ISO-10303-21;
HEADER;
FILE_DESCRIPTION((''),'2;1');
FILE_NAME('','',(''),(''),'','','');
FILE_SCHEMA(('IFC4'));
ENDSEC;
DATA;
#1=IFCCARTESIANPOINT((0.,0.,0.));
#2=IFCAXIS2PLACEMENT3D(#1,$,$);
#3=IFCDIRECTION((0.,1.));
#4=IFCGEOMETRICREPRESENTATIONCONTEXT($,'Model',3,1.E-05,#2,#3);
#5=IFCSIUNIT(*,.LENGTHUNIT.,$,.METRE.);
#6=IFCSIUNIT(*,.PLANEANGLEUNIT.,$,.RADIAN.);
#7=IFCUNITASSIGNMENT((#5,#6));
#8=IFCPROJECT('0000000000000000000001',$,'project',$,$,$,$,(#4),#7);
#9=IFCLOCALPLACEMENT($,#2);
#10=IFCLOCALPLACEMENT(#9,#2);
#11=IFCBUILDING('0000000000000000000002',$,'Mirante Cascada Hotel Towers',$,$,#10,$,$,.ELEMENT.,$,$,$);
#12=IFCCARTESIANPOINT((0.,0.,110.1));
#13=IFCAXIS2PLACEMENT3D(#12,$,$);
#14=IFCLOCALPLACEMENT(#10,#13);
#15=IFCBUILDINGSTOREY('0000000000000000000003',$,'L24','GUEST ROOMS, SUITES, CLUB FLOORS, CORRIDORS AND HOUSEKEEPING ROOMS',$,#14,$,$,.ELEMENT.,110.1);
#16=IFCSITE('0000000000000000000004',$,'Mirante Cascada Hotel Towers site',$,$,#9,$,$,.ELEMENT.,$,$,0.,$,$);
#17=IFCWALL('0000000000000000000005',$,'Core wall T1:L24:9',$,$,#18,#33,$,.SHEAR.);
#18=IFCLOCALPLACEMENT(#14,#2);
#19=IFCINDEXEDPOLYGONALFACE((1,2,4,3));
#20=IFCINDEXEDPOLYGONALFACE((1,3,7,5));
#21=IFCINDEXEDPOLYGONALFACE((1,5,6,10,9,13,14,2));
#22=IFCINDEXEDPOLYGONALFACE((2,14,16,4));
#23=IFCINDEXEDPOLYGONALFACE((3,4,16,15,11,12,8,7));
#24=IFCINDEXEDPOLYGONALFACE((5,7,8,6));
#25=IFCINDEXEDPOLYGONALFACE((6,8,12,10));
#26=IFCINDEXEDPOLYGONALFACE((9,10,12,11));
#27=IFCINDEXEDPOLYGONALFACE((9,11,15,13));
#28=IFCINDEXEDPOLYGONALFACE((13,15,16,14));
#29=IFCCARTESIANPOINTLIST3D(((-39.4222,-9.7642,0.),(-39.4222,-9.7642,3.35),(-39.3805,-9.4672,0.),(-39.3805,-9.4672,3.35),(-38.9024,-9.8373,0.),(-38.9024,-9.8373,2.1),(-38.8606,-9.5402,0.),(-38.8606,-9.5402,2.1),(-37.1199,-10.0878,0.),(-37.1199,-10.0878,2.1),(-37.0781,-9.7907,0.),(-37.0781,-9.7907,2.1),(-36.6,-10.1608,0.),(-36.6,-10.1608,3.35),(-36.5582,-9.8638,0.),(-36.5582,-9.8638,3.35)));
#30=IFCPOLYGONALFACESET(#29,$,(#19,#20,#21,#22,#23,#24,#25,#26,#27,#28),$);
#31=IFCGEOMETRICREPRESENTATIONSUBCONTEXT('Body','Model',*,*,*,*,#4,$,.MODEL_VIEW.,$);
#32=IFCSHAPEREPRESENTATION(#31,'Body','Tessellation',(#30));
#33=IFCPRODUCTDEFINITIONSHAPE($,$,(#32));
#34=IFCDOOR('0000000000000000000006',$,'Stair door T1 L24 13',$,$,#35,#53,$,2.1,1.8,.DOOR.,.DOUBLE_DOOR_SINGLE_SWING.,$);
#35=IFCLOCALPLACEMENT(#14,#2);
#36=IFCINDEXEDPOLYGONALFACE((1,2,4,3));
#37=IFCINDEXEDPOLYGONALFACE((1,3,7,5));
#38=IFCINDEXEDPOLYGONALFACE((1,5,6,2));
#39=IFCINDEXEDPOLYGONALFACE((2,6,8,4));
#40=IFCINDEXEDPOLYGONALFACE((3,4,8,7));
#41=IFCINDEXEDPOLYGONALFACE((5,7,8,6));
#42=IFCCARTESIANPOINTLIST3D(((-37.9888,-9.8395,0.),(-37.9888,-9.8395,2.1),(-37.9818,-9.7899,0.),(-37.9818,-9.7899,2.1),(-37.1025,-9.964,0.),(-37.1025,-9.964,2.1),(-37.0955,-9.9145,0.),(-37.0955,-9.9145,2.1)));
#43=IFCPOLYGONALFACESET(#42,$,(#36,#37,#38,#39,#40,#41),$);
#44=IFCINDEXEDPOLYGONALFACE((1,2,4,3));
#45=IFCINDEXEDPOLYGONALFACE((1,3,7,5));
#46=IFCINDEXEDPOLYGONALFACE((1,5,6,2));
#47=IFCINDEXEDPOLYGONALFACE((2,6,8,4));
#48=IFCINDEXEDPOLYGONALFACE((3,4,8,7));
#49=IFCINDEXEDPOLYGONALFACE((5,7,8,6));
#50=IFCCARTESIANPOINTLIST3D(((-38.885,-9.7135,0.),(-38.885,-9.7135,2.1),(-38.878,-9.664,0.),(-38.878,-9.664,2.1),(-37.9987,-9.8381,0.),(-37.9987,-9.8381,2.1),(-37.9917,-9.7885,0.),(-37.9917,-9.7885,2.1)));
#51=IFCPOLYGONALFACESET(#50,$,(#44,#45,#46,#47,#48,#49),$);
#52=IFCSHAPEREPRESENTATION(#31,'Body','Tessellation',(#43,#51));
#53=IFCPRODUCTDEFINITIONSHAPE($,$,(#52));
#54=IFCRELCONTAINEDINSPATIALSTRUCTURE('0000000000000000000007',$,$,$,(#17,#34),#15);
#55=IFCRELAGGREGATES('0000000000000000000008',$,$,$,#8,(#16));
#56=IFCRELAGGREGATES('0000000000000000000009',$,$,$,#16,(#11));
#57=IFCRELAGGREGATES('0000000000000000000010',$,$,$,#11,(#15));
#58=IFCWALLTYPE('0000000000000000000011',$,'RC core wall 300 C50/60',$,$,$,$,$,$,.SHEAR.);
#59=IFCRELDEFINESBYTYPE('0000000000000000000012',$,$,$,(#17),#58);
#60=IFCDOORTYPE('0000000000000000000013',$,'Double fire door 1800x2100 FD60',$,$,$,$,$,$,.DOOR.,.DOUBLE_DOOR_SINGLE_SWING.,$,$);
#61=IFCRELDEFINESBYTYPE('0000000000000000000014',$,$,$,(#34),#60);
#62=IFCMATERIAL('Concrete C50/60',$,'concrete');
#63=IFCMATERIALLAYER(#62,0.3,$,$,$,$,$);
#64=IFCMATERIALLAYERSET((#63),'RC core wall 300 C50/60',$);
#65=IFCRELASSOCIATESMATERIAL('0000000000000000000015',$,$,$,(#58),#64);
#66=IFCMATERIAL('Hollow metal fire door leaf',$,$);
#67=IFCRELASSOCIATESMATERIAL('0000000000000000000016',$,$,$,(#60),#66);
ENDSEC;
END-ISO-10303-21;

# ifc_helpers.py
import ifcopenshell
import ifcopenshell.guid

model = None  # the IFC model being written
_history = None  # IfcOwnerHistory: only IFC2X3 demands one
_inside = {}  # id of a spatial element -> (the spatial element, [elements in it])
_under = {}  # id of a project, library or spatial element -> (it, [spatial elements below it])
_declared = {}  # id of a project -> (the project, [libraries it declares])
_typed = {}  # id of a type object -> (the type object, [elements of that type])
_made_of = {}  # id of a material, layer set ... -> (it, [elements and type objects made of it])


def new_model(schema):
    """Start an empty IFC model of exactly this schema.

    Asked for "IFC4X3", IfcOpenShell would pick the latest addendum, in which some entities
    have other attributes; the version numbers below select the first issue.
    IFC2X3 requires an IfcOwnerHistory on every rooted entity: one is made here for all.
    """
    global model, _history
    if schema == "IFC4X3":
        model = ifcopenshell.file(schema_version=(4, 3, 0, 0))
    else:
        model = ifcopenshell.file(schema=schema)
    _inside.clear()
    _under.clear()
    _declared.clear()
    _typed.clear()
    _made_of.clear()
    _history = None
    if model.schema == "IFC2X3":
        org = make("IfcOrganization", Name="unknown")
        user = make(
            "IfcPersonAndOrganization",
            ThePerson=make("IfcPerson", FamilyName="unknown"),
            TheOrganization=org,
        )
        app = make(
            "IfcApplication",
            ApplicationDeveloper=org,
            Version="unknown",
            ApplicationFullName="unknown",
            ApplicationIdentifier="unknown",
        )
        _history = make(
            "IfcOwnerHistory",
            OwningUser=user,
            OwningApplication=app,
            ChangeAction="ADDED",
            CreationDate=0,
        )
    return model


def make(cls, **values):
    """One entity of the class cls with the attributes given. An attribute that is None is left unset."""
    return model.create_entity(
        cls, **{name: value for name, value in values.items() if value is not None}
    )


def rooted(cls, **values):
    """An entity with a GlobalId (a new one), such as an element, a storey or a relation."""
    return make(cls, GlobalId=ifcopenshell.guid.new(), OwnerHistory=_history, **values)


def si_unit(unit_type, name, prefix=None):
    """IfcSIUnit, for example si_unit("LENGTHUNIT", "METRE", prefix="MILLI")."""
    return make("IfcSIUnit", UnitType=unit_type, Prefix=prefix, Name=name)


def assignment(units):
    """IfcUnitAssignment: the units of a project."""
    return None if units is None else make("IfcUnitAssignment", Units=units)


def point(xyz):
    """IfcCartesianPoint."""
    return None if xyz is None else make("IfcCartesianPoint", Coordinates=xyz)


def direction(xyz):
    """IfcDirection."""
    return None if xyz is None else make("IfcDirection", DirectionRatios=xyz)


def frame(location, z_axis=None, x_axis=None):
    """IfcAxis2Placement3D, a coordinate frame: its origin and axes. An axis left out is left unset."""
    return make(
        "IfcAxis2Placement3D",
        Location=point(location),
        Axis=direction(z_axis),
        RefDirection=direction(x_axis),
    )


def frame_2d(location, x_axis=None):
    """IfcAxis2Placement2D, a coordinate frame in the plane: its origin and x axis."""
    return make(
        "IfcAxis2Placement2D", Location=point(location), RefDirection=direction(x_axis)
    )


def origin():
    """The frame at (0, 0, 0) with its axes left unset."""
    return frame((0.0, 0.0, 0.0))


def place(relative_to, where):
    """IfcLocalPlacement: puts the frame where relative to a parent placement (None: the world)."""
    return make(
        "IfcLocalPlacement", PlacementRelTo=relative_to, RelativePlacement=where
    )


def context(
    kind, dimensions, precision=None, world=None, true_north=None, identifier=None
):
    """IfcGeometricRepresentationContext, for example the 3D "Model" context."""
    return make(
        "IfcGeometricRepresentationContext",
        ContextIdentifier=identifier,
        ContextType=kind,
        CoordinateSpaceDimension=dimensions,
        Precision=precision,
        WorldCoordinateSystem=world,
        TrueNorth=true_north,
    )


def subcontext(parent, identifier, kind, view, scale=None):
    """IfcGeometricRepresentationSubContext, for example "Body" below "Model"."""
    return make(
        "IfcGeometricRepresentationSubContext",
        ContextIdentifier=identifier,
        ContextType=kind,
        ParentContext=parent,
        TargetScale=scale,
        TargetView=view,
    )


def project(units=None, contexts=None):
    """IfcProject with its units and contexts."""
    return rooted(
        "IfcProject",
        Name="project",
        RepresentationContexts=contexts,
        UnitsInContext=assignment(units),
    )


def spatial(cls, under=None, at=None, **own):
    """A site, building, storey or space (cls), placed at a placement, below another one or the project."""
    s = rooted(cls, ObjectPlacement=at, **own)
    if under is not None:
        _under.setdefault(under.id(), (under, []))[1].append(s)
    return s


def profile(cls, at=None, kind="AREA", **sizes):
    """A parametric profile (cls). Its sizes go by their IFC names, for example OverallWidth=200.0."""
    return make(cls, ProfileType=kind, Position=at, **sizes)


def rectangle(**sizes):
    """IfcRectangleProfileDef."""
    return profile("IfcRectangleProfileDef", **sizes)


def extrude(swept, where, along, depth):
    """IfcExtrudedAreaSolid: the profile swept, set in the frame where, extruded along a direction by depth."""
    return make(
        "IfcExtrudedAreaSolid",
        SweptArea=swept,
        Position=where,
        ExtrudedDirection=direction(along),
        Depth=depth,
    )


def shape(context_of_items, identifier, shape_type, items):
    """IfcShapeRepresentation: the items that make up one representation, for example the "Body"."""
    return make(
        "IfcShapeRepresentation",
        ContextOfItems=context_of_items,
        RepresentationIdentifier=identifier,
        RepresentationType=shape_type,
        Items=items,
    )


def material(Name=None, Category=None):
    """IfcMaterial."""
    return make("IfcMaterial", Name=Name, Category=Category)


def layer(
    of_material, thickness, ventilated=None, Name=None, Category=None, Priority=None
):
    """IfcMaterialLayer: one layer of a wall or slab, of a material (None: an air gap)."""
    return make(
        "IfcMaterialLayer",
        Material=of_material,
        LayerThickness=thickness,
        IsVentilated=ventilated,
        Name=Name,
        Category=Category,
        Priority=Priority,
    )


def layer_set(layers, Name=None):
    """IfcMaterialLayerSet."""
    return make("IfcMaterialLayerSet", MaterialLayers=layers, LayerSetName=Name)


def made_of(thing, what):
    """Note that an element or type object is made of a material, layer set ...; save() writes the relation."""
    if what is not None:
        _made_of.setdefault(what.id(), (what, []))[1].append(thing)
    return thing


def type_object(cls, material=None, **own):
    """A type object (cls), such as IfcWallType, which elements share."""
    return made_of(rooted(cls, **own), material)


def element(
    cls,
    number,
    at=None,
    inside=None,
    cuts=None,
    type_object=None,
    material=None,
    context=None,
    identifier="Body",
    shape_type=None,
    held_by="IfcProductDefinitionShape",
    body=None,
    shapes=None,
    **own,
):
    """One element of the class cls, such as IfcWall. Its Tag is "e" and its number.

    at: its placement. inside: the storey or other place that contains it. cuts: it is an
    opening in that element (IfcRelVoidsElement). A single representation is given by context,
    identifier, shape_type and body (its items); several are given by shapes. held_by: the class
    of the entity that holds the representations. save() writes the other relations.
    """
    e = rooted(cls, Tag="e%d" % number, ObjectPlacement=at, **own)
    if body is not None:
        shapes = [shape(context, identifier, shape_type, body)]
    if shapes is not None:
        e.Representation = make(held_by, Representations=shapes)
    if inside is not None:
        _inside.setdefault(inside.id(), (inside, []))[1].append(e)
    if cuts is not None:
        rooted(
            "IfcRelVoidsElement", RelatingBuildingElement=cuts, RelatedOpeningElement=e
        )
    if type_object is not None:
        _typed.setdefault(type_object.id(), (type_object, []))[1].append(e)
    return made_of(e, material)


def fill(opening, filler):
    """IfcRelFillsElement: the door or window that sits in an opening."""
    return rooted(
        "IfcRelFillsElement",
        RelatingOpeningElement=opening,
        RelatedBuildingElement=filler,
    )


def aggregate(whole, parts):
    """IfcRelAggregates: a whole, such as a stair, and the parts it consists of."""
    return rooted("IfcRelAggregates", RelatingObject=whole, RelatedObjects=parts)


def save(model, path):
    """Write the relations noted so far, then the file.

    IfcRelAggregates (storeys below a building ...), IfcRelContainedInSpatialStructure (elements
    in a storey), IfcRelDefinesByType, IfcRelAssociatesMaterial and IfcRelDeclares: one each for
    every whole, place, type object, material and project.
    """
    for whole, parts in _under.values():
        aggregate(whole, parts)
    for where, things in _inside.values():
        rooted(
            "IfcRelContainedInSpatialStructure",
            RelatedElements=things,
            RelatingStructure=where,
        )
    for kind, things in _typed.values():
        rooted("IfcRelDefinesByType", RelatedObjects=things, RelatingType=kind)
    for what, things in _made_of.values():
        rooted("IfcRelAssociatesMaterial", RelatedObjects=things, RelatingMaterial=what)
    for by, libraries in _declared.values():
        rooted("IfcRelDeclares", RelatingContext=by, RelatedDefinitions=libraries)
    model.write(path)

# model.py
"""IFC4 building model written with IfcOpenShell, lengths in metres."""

from ifc_helpers import new_model, si_unit, direction, frame, frame_2d, origin, place, context, subcontext, project, spatial, rectangle, extrude, material, layer, layer_set, type_object, element, fill, save


model = new_model("IFC4")

# Units and contexts
model_context = context("Model", 3, precision=1e-05, world=origin(), true_north=direction((0.0, 1.0)))
body_context = subcontext(model_context, "Body", "Model", "MODEL_VIEW")
ifc_project = project(units=[si_unit("LENGTHUNIT", "METRE"), si_unit("PLANEANGLEUNIT", "RADIAN")], contexts=[model_context])

# Site, building, storey
site_placement = place(None, origin())
site = spatial("IfcSite", under=ifc_project, at=site_placement, Name="Mirante Cascada Hotel Towers site", CompositionType="ELEMENT", RefElevation=0.0)
building_placement = place(site_placement, origin())
building = spatial("IfcBuilding", under=site, at=building_placement, Name="Mirante Cascada Hotel Towers", CompositionType="ELEMENT")
storey_placement = place(building_placement, frame((0.0, 0.0, 110.1)))
storey = spatial("IfcBuildingStorey", under=building, at=storey_placement, Name="L24", Description="GUEST ROOMS, SUITES, CLUB FLOORS, CORRIDORS AND HOUSEKEEPING ROOMS", CompositionType="ELEMENT", Elevation=110.1)

# Wall, opening, door
ifc_material_1 = material(Name="Concrete C50/60", Category="concrete")
ifc_layer_1 = layer(ifc_material_1, 0.3)
ifc_layer_set_1 = layer_set([ifc_layer_1], Name="RC core wall 300 C50/60")
wall_type_1 = type_object("IfcWallType", Name="RC core wall 300 C50/60", PredefinedType="SHEAR", material=ifc_layer_set_1)
wall_1_placement = place(storey_placement, frame((-36.5791, -10.0123, 0.0), z_axis=(0.0, 0.0, 1.0), x_axis=(-0.99027, 0.139156, 0.0)))
wall_1 = element("IfcWall", 1, at=wall_1_placement, inside=storey, type_object=wall_type_1, Name="Core wall T1:L24:9", PredefinedType="SHEAR", context=body_context, shape_type="SweptSolid", body=[
    extrude(rectangle(XDim=2.85, YDim=0.3, at=frame_2d((1.425, 0.0))), origin(), (0.0, 0.0, 1.0), 3.35),
])
opening_1_placement = place(wall_1_placement, frame((0.525, 0.0, 0.0)))
opening_1 = element("IfcOpeningElement", 2, at=opening_1_placement, cuts=wall_1, PredefinedType="OPENING", context=body_context, shape_type="SweptSolid", body=[
    extrude(rectangle(XDim=1.8, YDim=2.1, at=frame_2d((0.9, 1.05))), frame((0.0, 0.15, 0.0), z_axis=(0.0, -1.0, 0.0), x_axis=(1.0, 0.0, 0.0)), (0.0, 0.0, 1.0), 0.3),
])
ifc_material_2 = material(Name="Hollow metal fire door leaf")
door_type_1 = type_object("IfcDoorType", Name="Double fire door 1800x2100 FD60", OperationType="DOUBLE_DOOR_SINGLE_SWING", PredefinedType="DOOR", material=ifc_material_2)
door_1_placement = place(opening_1_placement, origin())
door_1 = element("IfcDoor", 3, at=door_1_placement, inside=storey, type_object=door_type_1, Name="Stair door T1 L24 13", OperationType="DOUBLE_DOOR_SINGLE_SWING", OverallHeight=2.1, OverallWidth=1.8, PredefinedType="DOOR", context=body_context, shape_type="SweptSolid", body=[
    extrude(rectangle(XDim=0.895, YDim=2.1, at=frame_2d((0.4475, 1.05))), frame((0.0, 0.025, 0.0), z_axis=(0.0, -1.0, 0.0), x_axis=(1.0, 0.0, 0.0)), (0.0, 0.0, 1.0), 0.05),
    extrude(rectangle(XDim=0.895, YDim=2.1, at=frame_2d((1.3525, 1.05))), frame((0.0, 0.025, 0.0), z_axis=(0.0, -1.0, 0.0), x_axis=(1.0, 0.0, 0.0)), (0.0, 0.0, 1.0), 0.05),
])
fill(opening_1, door_1)

save(model, "model.ifc")
